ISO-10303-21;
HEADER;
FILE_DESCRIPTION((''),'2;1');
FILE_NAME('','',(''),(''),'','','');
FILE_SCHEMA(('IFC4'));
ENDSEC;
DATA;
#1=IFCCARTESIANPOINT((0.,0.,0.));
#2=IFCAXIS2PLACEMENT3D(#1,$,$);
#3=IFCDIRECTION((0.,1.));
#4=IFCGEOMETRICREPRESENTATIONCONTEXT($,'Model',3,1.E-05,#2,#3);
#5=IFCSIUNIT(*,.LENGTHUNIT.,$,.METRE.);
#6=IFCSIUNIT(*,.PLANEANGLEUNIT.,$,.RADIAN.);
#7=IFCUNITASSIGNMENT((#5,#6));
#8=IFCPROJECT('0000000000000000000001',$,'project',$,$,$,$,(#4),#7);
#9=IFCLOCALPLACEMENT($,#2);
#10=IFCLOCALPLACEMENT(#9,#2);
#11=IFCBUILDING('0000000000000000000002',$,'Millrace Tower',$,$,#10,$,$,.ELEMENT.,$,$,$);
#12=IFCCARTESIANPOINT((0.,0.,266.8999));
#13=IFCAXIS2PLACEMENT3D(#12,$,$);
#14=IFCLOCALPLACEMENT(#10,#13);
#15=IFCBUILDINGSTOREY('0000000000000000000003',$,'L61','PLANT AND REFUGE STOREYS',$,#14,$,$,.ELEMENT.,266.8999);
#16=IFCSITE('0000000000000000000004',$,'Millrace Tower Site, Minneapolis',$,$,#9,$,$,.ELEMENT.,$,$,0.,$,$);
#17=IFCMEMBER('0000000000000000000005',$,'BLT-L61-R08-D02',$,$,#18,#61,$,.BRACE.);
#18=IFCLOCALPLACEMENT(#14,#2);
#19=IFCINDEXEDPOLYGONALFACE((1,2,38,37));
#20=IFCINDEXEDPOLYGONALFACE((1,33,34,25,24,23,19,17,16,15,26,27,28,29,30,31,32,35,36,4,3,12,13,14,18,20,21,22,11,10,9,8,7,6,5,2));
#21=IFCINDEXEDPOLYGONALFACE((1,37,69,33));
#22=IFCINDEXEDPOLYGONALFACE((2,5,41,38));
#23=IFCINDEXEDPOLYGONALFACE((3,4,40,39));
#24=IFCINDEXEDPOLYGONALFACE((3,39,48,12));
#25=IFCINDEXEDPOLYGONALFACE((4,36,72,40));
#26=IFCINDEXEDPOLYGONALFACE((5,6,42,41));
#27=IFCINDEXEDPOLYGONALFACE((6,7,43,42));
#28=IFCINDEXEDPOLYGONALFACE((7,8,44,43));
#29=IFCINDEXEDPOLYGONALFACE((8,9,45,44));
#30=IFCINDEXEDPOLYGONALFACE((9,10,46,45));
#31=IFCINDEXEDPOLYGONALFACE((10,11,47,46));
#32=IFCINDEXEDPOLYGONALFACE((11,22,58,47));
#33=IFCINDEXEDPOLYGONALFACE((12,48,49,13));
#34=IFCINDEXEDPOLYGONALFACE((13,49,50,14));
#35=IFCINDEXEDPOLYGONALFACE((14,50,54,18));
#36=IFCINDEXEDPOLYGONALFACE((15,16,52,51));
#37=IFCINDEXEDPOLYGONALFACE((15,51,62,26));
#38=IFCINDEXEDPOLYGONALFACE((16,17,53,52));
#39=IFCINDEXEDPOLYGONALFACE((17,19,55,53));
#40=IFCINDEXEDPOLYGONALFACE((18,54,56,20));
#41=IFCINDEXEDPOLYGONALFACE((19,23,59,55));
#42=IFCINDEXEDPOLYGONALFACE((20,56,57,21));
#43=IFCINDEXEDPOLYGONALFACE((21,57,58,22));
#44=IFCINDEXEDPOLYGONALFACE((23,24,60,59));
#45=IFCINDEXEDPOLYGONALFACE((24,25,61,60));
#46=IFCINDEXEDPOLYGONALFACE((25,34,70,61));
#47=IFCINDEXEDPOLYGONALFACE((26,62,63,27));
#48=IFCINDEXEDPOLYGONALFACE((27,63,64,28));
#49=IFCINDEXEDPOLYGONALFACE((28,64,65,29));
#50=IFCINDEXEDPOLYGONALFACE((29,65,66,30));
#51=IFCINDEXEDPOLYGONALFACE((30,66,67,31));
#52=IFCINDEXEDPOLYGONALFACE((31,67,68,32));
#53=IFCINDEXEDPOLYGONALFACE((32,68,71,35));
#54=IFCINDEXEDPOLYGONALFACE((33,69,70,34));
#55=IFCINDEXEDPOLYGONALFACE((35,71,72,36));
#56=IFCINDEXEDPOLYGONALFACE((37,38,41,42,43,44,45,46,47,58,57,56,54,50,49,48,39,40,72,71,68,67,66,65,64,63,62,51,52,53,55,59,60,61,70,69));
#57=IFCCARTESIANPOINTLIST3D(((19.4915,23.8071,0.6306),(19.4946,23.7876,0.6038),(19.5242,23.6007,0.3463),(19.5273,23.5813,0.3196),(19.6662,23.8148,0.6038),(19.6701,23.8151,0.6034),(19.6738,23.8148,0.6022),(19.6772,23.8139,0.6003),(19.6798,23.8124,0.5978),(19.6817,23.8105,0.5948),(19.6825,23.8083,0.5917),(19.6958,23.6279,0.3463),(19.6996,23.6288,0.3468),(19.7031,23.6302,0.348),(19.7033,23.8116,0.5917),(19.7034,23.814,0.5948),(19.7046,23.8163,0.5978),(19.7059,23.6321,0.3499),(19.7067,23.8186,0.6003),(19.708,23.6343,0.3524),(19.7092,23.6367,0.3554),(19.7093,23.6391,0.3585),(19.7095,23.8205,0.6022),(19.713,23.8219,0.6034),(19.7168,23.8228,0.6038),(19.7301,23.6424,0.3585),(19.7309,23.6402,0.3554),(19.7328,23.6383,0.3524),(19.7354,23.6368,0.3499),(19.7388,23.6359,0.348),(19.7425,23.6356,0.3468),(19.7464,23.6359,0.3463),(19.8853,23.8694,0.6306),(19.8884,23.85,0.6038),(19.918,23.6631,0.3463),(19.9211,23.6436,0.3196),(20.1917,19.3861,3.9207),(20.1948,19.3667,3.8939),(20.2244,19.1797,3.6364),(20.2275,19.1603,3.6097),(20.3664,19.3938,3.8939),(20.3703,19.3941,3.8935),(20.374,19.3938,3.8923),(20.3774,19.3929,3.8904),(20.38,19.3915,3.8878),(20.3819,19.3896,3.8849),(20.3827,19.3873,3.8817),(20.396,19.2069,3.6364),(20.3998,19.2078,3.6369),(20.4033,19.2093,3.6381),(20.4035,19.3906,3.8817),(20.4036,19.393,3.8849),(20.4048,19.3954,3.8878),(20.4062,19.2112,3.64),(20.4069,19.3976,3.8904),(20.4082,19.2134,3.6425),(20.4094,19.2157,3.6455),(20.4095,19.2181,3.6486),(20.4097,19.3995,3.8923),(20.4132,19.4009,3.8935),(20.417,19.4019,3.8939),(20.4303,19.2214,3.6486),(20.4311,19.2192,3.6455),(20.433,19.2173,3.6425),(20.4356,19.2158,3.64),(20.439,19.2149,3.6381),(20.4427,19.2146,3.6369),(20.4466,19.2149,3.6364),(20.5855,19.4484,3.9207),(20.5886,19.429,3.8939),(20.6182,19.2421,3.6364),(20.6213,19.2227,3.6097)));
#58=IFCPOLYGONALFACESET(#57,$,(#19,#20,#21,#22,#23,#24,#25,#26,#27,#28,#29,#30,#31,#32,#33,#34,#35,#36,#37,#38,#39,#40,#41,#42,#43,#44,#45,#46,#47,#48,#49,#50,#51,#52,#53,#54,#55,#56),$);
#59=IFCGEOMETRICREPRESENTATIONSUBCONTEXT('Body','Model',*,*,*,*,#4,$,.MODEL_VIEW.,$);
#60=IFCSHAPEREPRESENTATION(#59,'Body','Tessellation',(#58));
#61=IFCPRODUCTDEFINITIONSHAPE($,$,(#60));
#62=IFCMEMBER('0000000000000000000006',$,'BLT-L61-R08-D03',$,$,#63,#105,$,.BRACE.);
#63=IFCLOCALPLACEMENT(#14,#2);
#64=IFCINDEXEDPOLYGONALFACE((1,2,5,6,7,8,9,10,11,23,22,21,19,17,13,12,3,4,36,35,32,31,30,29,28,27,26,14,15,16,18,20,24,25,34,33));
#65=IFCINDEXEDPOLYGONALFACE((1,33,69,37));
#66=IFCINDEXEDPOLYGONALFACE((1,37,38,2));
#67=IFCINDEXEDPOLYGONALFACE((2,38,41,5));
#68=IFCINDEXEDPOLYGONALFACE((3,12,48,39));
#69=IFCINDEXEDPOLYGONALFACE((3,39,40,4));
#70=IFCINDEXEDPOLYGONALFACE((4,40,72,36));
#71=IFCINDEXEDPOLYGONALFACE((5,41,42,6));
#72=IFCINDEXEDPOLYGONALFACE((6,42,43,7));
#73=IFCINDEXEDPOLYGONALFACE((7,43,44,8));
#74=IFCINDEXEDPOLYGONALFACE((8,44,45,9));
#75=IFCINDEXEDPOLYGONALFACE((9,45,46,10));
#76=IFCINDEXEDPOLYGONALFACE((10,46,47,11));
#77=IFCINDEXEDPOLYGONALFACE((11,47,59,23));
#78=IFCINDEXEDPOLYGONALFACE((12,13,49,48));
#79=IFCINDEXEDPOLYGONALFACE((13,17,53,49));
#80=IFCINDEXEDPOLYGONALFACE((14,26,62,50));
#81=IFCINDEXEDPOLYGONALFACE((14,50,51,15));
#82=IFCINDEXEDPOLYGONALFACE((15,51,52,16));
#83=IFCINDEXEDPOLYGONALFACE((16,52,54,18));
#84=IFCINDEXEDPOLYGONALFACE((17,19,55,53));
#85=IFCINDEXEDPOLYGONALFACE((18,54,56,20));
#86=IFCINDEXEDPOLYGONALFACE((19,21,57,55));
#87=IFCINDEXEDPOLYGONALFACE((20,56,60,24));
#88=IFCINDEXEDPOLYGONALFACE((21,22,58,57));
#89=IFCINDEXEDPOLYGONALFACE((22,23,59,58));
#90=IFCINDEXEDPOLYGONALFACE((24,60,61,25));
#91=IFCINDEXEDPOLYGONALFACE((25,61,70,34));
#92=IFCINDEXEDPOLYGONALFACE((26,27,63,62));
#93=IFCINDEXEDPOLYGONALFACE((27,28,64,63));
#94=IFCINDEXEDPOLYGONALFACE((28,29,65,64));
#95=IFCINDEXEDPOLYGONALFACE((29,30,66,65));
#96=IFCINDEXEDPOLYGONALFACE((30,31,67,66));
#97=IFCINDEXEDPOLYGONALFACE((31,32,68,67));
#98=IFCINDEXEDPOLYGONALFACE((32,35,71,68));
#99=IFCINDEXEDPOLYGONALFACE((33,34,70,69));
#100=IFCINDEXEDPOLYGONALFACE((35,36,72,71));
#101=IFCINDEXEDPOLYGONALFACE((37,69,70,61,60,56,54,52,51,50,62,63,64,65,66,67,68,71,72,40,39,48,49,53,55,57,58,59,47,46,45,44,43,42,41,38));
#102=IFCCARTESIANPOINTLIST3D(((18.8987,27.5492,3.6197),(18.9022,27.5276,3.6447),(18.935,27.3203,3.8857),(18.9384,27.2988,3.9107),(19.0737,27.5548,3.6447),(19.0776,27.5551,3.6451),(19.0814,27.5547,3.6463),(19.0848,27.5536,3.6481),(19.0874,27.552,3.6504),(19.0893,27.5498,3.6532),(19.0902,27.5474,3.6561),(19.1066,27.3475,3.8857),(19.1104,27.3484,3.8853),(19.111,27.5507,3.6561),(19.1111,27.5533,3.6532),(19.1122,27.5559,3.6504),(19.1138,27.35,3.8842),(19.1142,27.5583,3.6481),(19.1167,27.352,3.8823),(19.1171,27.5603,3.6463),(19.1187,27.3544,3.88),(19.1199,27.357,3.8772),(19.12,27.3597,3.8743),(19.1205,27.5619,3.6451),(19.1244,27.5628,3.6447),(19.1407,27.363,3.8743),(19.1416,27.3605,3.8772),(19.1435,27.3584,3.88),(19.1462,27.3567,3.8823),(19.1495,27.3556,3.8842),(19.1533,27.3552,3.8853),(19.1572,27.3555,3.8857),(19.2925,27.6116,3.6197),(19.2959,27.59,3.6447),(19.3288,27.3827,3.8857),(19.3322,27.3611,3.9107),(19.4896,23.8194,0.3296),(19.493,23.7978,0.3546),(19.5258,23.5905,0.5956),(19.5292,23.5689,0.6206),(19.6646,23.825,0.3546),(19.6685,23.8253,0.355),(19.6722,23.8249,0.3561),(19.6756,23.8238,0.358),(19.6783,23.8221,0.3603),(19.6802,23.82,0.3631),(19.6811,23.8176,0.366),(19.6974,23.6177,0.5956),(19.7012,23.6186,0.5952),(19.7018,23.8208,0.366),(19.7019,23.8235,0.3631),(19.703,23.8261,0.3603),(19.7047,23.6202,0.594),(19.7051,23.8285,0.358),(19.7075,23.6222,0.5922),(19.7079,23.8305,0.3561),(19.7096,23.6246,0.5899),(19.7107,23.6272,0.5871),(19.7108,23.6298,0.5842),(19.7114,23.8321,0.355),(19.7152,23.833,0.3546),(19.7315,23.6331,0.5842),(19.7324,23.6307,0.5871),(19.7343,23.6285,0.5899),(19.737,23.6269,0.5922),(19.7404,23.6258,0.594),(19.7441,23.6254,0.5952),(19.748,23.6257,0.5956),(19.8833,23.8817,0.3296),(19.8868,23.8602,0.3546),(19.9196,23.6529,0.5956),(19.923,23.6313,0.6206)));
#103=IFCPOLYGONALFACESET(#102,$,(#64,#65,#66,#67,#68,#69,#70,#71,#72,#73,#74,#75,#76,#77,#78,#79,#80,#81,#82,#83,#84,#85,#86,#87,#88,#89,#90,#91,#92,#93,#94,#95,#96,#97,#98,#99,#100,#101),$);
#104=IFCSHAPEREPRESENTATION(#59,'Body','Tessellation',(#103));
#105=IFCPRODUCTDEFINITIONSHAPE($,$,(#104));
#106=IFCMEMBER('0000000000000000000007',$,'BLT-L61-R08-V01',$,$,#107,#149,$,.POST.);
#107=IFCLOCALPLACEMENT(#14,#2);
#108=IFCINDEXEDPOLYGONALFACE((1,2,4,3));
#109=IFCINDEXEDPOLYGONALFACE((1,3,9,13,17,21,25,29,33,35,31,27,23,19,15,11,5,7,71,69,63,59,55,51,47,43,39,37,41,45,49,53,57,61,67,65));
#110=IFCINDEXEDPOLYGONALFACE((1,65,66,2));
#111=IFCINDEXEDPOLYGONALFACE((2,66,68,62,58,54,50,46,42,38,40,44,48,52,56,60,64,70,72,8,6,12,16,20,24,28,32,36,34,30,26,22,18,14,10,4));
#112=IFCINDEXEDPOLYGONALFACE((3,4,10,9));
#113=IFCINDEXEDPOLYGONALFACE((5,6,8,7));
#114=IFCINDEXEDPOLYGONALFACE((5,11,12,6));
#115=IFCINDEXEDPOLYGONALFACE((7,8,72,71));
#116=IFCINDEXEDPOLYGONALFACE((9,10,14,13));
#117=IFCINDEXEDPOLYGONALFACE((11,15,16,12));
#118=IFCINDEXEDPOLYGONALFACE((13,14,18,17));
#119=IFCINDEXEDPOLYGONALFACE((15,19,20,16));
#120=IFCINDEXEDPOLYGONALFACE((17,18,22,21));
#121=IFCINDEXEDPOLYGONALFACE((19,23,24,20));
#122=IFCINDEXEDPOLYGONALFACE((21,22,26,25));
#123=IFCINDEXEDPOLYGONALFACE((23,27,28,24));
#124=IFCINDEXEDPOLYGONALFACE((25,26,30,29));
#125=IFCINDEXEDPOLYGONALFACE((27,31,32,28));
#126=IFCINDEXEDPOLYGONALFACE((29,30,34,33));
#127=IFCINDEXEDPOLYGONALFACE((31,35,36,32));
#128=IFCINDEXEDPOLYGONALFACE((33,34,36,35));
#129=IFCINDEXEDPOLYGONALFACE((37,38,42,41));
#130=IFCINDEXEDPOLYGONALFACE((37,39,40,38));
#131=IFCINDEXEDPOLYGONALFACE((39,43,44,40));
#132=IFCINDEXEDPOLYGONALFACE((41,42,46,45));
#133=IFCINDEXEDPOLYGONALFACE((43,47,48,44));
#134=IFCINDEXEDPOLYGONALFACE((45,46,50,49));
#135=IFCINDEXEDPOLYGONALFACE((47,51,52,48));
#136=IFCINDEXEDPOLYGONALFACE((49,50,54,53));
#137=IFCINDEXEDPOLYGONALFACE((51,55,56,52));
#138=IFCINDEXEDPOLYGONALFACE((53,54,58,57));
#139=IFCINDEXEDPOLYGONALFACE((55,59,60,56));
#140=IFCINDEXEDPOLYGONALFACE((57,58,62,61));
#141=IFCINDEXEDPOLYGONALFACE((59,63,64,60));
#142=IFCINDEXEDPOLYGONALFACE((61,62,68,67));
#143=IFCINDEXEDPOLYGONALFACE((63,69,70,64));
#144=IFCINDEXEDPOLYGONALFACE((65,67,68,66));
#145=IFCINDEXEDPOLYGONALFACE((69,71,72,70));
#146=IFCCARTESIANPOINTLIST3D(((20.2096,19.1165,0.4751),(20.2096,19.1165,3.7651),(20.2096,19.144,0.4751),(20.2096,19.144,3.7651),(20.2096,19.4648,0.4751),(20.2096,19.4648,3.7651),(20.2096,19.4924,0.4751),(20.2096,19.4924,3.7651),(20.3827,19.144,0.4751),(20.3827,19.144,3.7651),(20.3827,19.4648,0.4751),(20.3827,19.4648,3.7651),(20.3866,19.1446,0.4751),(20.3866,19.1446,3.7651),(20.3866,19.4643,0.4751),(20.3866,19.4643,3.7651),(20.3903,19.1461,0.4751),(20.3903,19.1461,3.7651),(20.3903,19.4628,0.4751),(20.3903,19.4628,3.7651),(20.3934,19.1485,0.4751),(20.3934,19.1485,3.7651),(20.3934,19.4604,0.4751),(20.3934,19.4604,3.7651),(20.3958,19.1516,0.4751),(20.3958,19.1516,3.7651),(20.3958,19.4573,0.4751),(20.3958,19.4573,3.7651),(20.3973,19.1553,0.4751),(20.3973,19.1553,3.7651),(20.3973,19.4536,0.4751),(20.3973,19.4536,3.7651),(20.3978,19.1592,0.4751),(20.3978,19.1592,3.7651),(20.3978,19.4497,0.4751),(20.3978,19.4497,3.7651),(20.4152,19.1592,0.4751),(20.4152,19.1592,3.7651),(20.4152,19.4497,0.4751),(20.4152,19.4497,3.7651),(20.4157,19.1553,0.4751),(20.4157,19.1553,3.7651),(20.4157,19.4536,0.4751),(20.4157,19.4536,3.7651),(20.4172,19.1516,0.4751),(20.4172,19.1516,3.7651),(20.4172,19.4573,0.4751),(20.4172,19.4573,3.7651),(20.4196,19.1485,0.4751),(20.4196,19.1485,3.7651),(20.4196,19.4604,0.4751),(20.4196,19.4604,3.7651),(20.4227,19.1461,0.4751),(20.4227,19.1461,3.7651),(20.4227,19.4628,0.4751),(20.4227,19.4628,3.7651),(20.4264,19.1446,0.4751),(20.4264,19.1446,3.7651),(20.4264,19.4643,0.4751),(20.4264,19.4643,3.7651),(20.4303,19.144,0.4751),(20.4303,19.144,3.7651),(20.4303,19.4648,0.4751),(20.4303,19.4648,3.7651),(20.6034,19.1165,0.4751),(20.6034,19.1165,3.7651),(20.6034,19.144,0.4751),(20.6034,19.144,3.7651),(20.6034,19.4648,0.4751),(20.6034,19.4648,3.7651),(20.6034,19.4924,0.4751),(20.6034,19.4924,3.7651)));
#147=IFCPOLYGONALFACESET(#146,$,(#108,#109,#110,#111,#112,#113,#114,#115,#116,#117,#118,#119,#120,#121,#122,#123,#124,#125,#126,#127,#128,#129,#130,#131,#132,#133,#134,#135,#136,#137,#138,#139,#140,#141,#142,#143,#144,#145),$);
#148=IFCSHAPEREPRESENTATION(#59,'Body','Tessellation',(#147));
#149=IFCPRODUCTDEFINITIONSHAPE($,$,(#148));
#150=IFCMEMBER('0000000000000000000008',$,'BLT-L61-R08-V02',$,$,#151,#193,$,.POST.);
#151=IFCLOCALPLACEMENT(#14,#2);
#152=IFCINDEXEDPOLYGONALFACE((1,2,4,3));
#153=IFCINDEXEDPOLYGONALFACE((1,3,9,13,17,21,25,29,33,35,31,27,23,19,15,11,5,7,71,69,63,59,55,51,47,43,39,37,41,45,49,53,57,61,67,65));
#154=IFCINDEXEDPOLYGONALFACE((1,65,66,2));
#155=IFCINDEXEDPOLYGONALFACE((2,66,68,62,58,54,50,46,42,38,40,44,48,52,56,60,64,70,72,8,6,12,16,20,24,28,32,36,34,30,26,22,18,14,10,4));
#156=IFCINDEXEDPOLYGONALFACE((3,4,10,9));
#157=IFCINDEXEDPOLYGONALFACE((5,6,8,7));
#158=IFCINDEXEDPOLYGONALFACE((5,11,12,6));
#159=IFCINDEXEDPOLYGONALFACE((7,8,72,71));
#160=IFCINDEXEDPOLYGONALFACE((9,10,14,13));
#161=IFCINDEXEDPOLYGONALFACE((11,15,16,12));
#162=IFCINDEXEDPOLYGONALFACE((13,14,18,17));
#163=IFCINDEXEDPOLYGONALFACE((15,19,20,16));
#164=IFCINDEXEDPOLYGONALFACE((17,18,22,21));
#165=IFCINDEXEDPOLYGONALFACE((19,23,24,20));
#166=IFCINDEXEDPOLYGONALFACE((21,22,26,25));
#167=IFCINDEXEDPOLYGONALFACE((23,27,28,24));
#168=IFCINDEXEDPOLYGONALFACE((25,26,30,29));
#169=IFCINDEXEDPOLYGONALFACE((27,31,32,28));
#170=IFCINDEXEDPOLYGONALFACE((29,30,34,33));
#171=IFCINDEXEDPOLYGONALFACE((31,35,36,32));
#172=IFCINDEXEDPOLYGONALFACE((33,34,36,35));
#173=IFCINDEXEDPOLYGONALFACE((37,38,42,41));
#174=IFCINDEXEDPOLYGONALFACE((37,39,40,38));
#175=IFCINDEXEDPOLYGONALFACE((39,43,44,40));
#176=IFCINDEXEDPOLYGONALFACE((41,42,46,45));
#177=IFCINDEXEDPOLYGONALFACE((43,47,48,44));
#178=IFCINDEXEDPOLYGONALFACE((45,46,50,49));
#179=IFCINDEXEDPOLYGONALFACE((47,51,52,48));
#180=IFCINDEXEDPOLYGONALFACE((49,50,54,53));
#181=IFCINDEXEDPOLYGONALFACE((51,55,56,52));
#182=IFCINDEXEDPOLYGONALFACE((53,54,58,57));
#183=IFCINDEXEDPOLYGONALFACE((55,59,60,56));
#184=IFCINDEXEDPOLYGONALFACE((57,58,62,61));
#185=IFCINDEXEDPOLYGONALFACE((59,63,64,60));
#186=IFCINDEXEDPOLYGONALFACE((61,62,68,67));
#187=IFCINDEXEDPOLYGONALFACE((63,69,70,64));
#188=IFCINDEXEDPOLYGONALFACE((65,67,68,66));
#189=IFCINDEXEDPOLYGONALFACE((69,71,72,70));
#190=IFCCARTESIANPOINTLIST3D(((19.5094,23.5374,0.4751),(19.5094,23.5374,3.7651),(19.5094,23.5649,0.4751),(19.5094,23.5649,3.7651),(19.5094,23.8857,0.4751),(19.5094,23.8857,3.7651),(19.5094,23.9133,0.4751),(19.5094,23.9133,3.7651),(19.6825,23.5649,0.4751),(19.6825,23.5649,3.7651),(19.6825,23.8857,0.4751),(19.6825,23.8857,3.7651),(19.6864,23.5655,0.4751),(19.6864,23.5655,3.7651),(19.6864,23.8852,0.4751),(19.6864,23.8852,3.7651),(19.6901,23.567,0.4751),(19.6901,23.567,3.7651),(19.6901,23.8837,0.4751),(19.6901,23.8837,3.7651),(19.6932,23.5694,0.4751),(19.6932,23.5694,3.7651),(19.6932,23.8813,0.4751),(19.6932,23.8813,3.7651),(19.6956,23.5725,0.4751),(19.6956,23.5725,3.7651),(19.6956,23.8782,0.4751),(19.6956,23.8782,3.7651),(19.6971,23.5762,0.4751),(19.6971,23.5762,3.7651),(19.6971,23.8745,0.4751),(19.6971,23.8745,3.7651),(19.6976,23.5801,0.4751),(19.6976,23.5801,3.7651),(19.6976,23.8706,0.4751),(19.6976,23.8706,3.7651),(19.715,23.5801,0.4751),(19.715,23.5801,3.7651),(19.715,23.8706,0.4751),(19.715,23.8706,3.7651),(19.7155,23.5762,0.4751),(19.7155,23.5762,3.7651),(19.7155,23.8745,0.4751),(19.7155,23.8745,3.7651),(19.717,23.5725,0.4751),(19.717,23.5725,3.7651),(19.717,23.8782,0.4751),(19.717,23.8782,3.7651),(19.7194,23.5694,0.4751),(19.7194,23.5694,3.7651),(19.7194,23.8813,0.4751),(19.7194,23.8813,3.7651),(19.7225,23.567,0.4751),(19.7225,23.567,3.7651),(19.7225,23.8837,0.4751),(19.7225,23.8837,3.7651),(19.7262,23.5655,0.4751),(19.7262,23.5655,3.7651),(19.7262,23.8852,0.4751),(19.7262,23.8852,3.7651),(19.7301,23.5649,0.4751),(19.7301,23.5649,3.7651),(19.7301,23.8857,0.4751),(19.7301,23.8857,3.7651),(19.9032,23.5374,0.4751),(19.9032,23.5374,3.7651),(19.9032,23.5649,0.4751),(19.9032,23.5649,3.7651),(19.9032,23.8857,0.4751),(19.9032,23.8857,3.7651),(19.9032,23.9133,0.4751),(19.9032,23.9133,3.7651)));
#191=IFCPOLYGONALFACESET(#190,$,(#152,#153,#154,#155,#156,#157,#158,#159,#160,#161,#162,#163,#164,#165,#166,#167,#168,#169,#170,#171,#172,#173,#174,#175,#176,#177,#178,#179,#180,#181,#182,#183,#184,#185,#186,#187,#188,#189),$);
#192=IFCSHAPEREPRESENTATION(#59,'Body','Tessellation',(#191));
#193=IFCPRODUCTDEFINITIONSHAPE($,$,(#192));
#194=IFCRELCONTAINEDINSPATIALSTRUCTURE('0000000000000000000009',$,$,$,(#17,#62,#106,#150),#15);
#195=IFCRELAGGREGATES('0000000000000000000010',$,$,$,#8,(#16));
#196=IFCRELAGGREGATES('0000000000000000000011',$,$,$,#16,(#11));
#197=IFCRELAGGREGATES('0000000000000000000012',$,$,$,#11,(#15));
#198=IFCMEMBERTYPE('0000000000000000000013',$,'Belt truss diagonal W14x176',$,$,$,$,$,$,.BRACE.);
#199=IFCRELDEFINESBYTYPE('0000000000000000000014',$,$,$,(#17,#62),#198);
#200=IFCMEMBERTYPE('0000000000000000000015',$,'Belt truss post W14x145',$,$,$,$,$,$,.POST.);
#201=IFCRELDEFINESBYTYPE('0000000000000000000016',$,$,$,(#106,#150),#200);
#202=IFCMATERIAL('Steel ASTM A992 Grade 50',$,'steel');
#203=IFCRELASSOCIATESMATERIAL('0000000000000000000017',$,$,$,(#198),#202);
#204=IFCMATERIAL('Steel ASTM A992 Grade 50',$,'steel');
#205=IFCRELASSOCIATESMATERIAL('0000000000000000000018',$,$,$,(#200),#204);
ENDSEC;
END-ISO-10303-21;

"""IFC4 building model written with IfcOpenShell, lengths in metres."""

from ifc_helpers import new_model, si_unit, direction, frame, origin, origin_2d, place, context, subcontext, project, spatial, i_section, extrude, material, material_profile, profile_set, type_object, element, save


model = new_model("IFC4")

# Units and contexts
model_context = context("Model", 3, precision=1e-05, world=origin(), true_north=direction((0.0, 1.0)))
body_context = subcontext(model_context, "Body", "Model", "MODEL_VIEW")
ifc_project = project(units=[si_unit("LENGTHUNIT", "METRE"), si_unit("PLANEANGLEUNIT", "RADIAN")], contexts=[model_context])

# Site, building, storey
site_placement = place(None, origin())
site = spatial("IfcSite", under=ifc_project, at=site_placement, Name="Millrace Tower Site, Minneapolis", CompositionType="ELEMENT", RefElevation=0.0)
building_placement = place(site_placement, origin())
building = spatial("IfcBuilding", under=site, at=building_placement, Name="Millrace Tower", CompositionType="ELEMENT")
storey_placement = place(building_placement, frame((0.0, 0.0, 266.8999)))
storey = spatial("IfcBuildingStorey", under=building, at=storey_placement, Name="L61", Description="PLANT AND REFUGE STOREYS", CompositionType="ELEMENT", Elevation=266.8999)

# Members
ifc_material_1 = material(Name="Steel ASTM A992 Grade 50", Category="steel")
ifc_material_profile_1 = material_profile(ifc_material_1, i_section(OverallWidth=0.3987, OverallDepth=0.386, WebThickness=0.021, FlangeThickness=0.0332, FilletRadius=0.0151, at=origin_2d()))
ifc_profile_set_1 = profile_set([ifc_material_profile_1], Name="Steel ASTM A992 Grade 50")
member_type_1 = type_object("IfcMemberType", Name="Belt truss diagonal W14x176", PredefinedType="BRACE", material=ifc_profile_set_1)
member_1_placement = place(storey_placement, frame((19.7063, 23.7253, 0.4751), z_axis=(0.126046, -0.795829, 0.592257), x_axis=(0.987689, 0.156433, 0.0)))
element("IfcMember", 1, at=member_1_placement, inside=storey, type_object=member_type_1, Name="BLT-L61-R08-D02", PredefinedType="BRACE", context=body_context, shape_type="SweptSolid", body=[
    extrude(i_section(OverallWidth=0.3987, OverallDepth=0.386, WebThickness=0.021, FlangeThickness=0.0332, FilletRadius=0.0151, at=origin_2d()), origin(), (0.0, 0.0, 1.0), 5.5552),
])
member_2_placement = place(storey_placement, frame((19.7063, 23.7253, 0.4751), z_axis=(-0.117965, 0.744692, 0.6569), x_axis=(-0.987685, -0.156457, 0.0)))
element("IfcMember", 2, at=member_2_placement, inside=storey, type_object=member_type_1, Name="BLT-L61-R08-D03", PredefinedType="BRACE", context=body_context, shape_type="SweptSolid", body=[
    extrude(i_section(OverallWidth=0.3987, OverallDepth=0.386, WebThickness=0.021, FlangeThickness=0.0332, FilletRadius=0.0151, at=origin_2d()), origin(), (0.0, 0.0, 1.0), 5.0085),
])
ifc_material_2 = material(Name="Steel ASTM A992 Grade 50", Category="steel")
ifc_material_profile_2 = material_profile(ifc_material_2, i_section(OverallWidth=0.3938, OverallDepth=0.376, WebThickness=0.0173, FlangeThickness=0.0276, FilletRadius=0.0151, at=origin_2d()))
ifc_profile_set_2 = profile_set([ifc_material_profile_2], Name="Steel ASTM A992 Grade 50")
member_type_2 = type_object("IfcMemberType", Name="Belt truss post W14x145", PredefinedType="POST", material=ifc_profile_set_2)
for number, where, z_axis, x_axis, name in (
    (3, (20.4065, 19.3044, 0.4751), (0.0, 0.0, 1.0), (1.0, 0.0, 0.0), "BLT-L61-R08-V01"),
    (4, (19.7063, 23.7253, 0.4751), (0.0, 0.0, 1.0), (1.0, 0.0, 0.0), "BLT-L61-R08-V02"),
):
    element("IfcMember", number, at=place(storey_placement, frame(where, z_axis=z_axis, x_axis=x_axis)), inside=storey, type_object=member_type_2, Name=name, PredefinedType="POST", context=body_context, shape_type="SweptSolid", body=[
        extrude(i_section(OverallWidth=0.3938, OverallDepth=0.376, WebThickness=0.0173, FlangeThickness=0.0276, FilletRadius=0.0151, at=origin_2d()), origin(), (0.0, 0.0, 1.0), 3.29),
    ])

save(model, "model.ifc")
